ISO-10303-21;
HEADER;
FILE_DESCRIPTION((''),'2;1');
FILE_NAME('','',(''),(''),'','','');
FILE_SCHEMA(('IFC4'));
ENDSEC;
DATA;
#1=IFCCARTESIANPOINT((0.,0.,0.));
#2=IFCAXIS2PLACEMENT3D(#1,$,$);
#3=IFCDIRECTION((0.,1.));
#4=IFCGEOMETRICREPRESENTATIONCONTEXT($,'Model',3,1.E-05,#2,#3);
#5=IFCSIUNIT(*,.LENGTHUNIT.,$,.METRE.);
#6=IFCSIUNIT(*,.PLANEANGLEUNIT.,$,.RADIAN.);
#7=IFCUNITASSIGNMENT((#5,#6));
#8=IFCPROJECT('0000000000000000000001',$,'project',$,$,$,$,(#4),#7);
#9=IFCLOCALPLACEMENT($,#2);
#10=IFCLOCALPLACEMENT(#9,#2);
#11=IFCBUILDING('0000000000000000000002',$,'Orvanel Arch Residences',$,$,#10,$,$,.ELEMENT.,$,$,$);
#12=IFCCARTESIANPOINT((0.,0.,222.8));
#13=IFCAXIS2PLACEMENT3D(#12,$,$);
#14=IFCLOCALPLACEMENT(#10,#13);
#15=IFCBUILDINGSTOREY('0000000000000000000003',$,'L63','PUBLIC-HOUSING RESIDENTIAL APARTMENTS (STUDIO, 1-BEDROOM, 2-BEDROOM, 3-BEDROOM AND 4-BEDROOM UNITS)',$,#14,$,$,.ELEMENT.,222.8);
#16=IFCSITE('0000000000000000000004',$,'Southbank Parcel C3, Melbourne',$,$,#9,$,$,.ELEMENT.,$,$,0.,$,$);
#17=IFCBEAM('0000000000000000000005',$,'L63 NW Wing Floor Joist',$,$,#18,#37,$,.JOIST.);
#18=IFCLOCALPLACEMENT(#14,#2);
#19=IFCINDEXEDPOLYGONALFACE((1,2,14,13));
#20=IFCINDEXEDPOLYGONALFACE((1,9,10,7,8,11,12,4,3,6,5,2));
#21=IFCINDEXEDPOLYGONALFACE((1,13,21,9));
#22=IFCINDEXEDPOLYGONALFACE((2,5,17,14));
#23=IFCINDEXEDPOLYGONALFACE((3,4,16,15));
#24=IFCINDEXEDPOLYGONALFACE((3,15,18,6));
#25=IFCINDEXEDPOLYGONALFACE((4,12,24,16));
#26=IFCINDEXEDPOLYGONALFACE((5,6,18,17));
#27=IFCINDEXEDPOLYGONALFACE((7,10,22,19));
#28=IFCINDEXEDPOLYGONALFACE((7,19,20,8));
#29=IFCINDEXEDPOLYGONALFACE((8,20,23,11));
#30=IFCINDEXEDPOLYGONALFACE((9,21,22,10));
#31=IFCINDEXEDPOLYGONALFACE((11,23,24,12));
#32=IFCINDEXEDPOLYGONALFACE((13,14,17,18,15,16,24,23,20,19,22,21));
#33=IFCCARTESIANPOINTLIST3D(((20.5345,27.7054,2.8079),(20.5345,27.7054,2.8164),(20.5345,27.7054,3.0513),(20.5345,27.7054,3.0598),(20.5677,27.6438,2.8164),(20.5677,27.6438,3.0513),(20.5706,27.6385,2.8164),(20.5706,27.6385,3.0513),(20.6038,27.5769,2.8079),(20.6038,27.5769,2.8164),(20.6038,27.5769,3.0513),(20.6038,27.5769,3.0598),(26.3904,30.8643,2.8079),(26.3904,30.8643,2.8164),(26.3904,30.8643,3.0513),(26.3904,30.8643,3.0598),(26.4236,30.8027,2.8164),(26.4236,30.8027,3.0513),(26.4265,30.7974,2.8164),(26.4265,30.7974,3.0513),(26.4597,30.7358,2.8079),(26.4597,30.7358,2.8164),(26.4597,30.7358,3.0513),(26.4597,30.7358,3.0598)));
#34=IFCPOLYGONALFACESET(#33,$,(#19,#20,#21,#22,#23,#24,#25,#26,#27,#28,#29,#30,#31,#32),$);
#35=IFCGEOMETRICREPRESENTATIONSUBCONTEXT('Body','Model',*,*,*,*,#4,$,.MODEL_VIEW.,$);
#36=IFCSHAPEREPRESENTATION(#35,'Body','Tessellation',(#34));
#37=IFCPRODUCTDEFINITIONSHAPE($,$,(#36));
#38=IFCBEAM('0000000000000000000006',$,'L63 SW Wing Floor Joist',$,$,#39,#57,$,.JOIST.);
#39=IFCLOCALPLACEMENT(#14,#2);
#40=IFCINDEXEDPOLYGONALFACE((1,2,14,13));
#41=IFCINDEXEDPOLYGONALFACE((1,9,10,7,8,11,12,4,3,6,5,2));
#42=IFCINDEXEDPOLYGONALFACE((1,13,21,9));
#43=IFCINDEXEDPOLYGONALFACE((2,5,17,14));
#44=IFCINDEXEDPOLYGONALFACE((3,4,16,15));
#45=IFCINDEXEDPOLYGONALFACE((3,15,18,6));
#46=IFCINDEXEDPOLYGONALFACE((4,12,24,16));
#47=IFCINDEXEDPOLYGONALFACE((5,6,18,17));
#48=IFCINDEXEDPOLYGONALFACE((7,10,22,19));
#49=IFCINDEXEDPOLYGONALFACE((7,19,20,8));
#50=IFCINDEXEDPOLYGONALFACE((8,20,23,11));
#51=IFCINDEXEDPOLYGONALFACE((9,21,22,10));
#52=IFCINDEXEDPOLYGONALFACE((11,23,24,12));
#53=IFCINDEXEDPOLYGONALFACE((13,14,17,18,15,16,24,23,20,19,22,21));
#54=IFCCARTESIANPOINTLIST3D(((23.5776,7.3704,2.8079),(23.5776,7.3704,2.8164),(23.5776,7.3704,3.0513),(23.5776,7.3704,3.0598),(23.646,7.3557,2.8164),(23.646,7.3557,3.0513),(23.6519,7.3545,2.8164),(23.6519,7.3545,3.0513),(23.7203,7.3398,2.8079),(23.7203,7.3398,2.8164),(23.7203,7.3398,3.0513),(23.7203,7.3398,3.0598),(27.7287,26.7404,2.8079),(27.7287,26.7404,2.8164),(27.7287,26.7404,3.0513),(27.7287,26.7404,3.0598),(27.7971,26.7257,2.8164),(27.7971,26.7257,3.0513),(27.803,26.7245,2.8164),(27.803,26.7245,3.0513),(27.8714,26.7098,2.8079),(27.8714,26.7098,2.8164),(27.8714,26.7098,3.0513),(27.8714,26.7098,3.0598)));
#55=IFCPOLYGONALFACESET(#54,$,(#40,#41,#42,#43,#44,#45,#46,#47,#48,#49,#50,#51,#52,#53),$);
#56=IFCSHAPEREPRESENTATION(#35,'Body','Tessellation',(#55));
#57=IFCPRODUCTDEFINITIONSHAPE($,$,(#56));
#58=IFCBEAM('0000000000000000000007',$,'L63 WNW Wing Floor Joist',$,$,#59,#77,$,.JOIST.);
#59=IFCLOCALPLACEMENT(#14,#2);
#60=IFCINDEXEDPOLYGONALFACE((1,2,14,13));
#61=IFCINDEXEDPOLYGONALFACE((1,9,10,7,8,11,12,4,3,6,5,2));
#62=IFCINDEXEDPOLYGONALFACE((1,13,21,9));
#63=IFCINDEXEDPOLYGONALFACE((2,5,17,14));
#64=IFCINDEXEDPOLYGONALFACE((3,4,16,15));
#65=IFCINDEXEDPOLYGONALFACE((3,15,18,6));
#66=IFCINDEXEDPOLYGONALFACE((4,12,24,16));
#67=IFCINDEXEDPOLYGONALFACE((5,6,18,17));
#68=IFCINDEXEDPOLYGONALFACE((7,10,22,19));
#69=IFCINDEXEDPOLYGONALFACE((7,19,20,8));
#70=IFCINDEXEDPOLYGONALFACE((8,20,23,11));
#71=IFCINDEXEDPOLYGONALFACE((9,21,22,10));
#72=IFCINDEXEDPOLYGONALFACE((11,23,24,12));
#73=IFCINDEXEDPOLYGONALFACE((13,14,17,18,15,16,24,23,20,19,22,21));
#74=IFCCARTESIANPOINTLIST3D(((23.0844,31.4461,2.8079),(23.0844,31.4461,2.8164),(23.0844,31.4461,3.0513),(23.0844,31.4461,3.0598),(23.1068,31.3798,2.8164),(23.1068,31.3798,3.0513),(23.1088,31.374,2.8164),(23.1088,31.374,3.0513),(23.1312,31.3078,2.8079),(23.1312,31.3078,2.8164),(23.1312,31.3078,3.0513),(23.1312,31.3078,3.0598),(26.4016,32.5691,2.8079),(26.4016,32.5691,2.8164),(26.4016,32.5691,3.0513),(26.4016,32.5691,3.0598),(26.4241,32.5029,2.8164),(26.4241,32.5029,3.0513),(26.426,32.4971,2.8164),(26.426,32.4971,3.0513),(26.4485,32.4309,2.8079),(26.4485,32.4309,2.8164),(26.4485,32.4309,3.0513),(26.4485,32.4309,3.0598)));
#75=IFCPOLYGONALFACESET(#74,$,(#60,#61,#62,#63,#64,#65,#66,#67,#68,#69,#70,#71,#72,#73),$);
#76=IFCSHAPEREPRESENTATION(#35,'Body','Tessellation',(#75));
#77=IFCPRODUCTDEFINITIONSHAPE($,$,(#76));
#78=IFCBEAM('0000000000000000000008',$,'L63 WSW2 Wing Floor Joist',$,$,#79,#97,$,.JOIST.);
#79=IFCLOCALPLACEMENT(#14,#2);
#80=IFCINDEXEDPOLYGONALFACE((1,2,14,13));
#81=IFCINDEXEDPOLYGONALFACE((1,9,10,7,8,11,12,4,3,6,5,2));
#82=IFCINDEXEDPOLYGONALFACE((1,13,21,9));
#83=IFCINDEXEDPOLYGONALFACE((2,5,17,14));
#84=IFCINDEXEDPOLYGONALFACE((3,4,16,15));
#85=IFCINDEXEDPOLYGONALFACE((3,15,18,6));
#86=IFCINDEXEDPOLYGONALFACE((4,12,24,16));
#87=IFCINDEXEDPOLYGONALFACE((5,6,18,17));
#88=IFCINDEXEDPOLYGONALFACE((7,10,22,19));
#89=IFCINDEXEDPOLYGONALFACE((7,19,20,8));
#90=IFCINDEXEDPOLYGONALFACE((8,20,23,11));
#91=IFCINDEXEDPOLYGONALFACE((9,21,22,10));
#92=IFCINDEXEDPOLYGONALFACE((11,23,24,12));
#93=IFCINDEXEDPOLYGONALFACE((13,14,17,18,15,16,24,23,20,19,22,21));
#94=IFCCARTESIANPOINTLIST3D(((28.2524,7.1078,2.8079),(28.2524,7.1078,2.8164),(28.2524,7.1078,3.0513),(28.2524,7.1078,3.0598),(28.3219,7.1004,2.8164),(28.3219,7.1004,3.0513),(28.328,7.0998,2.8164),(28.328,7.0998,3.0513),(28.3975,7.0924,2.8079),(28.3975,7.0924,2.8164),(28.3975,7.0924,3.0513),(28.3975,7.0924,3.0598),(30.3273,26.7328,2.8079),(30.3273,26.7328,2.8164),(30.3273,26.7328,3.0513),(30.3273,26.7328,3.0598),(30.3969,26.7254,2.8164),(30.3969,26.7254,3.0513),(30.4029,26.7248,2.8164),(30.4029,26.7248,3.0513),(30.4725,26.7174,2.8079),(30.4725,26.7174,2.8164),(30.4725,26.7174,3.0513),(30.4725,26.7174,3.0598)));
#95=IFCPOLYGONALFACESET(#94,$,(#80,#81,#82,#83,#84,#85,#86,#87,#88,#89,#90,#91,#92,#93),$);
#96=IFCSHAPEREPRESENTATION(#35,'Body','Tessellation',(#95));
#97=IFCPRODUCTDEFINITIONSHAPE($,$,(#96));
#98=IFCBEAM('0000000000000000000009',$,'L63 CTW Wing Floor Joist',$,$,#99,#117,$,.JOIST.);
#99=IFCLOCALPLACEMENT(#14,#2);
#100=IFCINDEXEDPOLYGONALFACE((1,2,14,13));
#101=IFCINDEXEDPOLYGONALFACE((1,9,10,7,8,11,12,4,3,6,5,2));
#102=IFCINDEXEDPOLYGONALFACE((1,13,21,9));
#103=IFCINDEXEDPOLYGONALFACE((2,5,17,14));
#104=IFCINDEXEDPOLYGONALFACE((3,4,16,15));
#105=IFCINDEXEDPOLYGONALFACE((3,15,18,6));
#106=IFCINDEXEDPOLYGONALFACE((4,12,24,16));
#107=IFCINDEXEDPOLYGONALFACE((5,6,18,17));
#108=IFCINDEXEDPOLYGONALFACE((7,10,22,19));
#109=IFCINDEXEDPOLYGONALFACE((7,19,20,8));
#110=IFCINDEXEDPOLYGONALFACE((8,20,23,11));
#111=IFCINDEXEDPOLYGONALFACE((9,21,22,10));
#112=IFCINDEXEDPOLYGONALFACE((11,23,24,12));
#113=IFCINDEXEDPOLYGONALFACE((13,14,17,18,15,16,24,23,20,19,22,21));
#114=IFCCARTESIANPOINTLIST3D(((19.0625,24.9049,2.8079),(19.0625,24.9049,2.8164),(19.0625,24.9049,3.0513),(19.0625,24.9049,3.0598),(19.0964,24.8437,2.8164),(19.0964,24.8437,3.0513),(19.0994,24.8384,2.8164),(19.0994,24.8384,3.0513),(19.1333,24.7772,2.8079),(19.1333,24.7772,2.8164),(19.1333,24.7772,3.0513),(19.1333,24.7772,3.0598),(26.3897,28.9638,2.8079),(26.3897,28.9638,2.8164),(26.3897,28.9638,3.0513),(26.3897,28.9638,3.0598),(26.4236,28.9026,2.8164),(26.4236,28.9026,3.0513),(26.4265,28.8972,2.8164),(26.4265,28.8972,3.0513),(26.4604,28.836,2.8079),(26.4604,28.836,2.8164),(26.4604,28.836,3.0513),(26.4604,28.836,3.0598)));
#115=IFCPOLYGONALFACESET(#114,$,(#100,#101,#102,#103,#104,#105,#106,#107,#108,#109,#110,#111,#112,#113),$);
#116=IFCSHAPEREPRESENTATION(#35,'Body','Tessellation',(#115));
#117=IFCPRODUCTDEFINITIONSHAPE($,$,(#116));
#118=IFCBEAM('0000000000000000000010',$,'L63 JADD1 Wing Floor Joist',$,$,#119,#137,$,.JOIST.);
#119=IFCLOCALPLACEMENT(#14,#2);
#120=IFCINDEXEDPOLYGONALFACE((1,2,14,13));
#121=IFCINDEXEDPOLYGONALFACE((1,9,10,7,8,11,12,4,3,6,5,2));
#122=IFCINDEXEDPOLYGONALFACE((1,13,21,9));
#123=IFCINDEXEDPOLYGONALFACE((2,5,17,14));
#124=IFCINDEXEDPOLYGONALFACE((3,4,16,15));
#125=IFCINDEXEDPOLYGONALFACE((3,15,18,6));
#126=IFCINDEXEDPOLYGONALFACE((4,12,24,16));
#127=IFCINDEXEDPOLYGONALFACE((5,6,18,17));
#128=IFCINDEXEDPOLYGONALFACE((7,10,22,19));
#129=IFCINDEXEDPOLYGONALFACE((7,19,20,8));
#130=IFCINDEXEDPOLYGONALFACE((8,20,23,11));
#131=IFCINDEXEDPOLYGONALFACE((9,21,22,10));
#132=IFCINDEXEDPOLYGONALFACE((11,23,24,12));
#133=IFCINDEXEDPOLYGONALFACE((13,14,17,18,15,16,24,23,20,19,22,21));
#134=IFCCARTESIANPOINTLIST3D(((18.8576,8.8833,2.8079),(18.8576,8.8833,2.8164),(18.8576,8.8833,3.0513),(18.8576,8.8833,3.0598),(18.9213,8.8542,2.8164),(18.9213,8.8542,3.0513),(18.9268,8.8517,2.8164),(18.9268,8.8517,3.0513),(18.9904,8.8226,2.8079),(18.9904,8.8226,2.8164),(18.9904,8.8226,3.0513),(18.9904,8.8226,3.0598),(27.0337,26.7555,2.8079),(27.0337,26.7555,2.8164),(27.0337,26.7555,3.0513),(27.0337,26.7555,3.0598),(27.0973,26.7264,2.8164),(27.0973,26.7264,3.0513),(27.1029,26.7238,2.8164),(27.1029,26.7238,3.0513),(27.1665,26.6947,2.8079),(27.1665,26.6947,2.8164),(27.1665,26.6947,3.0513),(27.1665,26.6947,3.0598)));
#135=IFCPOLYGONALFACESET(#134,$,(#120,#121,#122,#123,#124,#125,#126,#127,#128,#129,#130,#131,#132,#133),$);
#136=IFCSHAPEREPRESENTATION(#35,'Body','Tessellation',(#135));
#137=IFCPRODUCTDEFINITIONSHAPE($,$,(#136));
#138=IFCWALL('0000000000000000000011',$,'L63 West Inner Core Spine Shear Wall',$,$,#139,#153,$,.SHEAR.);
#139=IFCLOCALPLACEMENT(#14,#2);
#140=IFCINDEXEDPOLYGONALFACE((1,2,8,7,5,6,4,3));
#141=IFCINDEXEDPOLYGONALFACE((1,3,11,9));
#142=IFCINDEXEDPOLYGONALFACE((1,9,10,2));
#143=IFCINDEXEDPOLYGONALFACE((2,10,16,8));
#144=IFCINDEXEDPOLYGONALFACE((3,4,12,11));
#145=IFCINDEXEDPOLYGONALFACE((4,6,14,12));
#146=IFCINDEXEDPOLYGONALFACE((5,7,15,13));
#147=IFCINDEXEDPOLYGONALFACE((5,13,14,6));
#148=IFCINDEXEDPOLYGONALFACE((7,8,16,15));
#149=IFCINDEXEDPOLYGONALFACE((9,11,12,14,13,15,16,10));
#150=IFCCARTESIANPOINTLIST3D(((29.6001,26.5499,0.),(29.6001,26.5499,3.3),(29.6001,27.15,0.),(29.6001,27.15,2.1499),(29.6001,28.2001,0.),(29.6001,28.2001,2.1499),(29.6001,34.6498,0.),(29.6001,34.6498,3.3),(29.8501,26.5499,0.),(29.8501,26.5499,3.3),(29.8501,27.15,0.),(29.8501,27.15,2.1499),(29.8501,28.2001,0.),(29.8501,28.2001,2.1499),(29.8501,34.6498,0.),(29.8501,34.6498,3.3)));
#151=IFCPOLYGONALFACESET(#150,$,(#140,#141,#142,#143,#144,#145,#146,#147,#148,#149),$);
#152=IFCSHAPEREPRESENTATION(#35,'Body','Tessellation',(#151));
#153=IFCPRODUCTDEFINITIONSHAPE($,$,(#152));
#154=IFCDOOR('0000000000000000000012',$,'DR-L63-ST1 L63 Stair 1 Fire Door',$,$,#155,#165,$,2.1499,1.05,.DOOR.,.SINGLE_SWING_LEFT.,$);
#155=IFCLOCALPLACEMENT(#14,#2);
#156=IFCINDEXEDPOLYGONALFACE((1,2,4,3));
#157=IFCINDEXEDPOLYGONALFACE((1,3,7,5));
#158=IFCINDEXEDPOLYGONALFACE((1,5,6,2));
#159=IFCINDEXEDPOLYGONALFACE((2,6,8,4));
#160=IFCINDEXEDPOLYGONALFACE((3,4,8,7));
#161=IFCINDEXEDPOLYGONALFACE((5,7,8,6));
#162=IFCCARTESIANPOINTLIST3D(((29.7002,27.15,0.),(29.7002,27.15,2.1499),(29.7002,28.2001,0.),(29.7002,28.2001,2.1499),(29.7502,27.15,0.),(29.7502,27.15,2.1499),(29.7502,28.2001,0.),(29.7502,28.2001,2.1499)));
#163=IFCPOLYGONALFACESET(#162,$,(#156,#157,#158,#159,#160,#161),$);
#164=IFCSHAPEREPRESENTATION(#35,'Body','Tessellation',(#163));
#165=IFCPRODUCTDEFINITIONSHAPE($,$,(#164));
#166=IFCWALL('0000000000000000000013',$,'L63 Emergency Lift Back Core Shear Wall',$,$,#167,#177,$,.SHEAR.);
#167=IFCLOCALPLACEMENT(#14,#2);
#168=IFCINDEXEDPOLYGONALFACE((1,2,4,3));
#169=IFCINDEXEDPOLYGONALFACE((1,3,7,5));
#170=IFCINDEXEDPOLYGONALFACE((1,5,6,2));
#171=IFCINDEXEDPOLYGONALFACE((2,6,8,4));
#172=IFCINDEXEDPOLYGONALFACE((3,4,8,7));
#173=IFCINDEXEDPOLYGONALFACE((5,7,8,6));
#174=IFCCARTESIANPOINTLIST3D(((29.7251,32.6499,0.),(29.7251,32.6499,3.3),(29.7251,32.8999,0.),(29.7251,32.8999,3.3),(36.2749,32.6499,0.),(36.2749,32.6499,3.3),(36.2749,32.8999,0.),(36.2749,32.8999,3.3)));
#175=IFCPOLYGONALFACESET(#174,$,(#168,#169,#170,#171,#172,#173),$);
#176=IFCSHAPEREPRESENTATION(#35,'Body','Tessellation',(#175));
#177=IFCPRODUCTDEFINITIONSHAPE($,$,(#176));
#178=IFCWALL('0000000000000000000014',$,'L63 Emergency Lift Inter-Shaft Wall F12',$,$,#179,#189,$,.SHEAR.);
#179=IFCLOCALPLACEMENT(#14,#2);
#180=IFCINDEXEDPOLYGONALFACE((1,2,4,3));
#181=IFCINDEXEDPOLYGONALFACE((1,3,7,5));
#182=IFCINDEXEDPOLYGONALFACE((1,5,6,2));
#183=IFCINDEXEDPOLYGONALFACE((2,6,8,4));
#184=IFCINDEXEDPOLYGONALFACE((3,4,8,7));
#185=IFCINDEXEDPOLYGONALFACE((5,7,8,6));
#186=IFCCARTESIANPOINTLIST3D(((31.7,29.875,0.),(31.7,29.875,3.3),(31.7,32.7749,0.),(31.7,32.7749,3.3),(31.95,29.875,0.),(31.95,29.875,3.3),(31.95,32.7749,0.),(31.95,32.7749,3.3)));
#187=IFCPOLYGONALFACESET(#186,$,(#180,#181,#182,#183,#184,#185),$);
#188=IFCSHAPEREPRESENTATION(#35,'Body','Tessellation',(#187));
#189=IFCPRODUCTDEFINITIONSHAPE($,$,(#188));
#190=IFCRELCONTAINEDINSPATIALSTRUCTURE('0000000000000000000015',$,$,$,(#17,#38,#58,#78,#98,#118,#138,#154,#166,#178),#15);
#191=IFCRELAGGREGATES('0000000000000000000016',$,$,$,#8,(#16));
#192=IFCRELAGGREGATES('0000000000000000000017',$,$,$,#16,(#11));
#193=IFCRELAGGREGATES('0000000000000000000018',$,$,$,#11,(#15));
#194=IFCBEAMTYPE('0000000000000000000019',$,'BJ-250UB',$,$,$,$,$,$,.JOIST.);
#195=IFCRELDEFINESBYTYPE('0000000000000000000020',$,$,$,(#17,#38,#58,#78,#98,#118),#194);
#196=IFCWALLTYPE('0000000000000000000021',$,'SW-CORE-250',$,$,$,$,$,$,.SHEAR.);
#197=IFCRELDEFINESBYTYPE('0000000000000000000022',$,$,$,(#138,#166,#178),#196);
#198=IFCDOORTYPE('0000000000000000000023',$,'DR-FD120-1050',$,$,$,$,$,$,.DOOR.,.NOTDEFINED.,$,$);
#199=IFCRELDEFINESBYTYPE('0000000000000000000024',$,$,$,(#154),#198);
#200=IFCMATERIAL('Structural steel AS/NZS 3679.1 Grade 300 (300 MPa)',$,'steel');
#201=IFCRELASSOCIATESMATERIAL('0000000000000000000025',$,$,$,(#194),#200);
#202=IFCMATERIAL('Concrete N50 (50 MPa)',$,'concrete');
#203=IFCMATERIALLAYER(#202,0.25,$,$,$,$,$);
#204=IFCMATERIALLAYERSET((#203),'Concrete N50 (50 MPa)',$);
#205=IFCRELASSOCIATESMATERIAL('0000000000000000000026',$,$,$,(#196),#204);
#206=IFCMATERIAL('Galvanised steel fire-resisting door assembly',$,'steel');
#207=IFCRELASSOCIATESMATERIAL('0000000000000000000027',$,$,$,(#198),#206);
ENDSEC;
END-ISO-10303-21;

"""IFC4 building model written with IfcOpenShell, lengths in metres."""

from ifc_helpers import new_model, si_unit, direction, frame, frame_2d, origin, origin_2d, place, context, subcontext, project, spatial, rectangle, i_section, extrude, material, layer, layer_set, material_profile, profile_set, type_object, element, fill, save


model = new_model("IFC4")

# Units and contexts
model_context = context("Model", 3, precision=1e-05, world=origin(), true_north=direction((0.0, 1.0)))
body_context = subcontext(model_context, "Body", "Model", "MODEL_VIEW")
ifc_project = project(units=[si_unit("LENGTHUNIT", "METRE"), si_unit("PLANEANGLEUNIT", "RADIAN")], contexts=[model_context])

# Site, building, storey
site_placement = place(None, origin())
site = spatial("IfcSite", under=ifc_project, at=site_placement, Name="Southbank Parcel C3, Melbourne", CompositionType="ELEMENT", RefElevation=0.0)
building_placement = place(site_placement, origin())
building = spatial("IfcBuilding", under=site, at=building_placement, Name="Orvanel Arch Residences", CompositionType="ELEMENT")
storey_placement = place(building_placement, frame((0.0, 0.0, 222.8)))
storey = spatial("IfcBuildingStorey", under=building, at=storey_placement, Name="L63", Description="PUBLIC-HOUSING RESIDENTIAL APARTMENTS (STUDIO, 1-BEDROOM, 2-BEDROOM, 3-BEDROOM AND 4-BEDROOM UNITS)", CompositionType="ELEMENT", Elevation=222.8)

# Beams
ifc_material_1 = material(Name="Structural steel AS/NZS 3679.1 Grade 300 (300 MPa)", Category="steel")
ifc_material_profile = material_profile(ifc_material_1, i_section(OverallWidth=0.146, OverallDepth=0.252, WebThickness=0.0061, FlangeThickness=0.0085, at=origin_2d()), Name="250UB31.4")
ifc_profile_set = profile_set([ifc_material_profile], Name="Structural steel AS/NZS 3679.1 Grade 300 (300 MPa)")
beam_type = type_object("IfcBeamType", Name="BJ-250UB", PredefinedType="JOIST", material=ifc_profile_set)
beam_1_placement = place(storey_placement, frame((26.425, 30.8, 2.9338), z_axis=(-0.880111, -0.474767, 0.0), x_axis=(0.474767, -0.880111, 0.0)))
element("IfcBeam", 1, at=beam_1_placement, inside=storey, type_object=beam_type, Name="L63 NW Wing Floor Joist", PredefinedType="JOIST", context=body_context, shape_type="SweptSolid", body=[
    extrude(i_section(OverallWidth=0.146, OverallDepth=0.252, WebThickness=0.0061, FlangeThickness=0.0085, at=origin_2d()), origin(), (0.0, 0.0, 1.0), 6.6536),
])
beam_2_placement = place(storey_placement, frame((27.8, 26.7251, 2.9338), z_axis=(-0.209548, -0.977798, 0.0), x_axis=(0.977798, -0.209548, 0.0)))
element("IfcBeam", 2, at=beam_2_placement, inside=storey, type_object=beam_type, Name="L63 SW Wing Floor Joist", PredefinedType="JOIST", context=body_context, shape_type="SweptSolid", body=[
    extrude(i_section(OverallWidth=0.146, OverallDepth=0.252, WebThickness=0.0061, FlangeThickness=0.0085, at=origin_2d()), origin(), (0.0, 0.0, 1.0), 19.8098),
])
beam_3_placement = place(storey_placement, frame((26.425, 32.5, 2.9338), z_axis=(-0.947188, -0.320679, 0.0), x_axis=(0.320679, -0.947188, 0.0)))
element("IfcBeam", 3, at=beam_3_placement, inside=storey, type_object=beam_type, Name="L63 WNW Wing Floor Joist", PredefinedType="JOIST", context=body_context, shape_type="SweptSolid", body=[
    extrude(i_section(OverallWidth=0.146, OverallDepth=0.252, WebThickness=0.0061, FlangeThickness=0.0085, at=origin_2d()), origin(), (0.0, 0.0, 1.0), 3.5022),
])
beam_4_placement = place(storey_placement, frame((30.3999, 26.7251, 2.9338), z_axis=(-0.105144, -0.994457, 0.0), x_axis=(0.994457, -0.105144, 0.0)))
element("IfcBeam", 4, at=beam_4_placement, inside=storey, type_object=beam_type, Name="L63 WSW2 Wing Floor Joist", PredefinedType="JOIST", context=body_context, shape_type="SweptSolid", body=[
    extrude(i_section(OverallWidth=0.146, OverallDepth=0.252, WebThickness=0.0061, FlangeThickness=0.0085, at=origin_2d()), origin(), (0.0, 0.0, 1.0), 19.7344),
])
beam_5_placement = place(storey_placement, frame((26.425, 28.8999, 2.9338), z_axis=(-0.874755, -0.484566, 0.0), x_axis=(0.484566, -0.874755, 0.0)))
element("IfcBeam", 5, at=beam_5_placement, inside=storey, type_object=beam_type, Name="L63 CTW Wing Floor Joist", PredefinedType="JOIST", context=body_context, shape_type="SweptSolid", body=[
    extrude(i_section(OverallWidth=0.146, OverallDepth=0.252, WebThickness=0.0061, FlangeThickness=0.0085, at=origin_2d()), origin(), (0.0, 0.0, 1.0), 8.3762),
])
beam_6_placement = place(storey_placement, frame((27.1001, 26.7251, 2.9338), z_axis=(-0.41601, -0.90936, 0.0), x_axis=(0.90936, -0.41601, 0.0)))
element("IfcBeam", 6, at=beam_6_placement, inside=storey, type_object=beam_type, Name="L63 JADD1 Wing Floor Joist", PredefinedType="JOIST", context=body_context, shape_type="SweptSolid", body=[
    extrude(i_section(OverallWidth=0.146, OverallDepth=0.252, WebThickness=0.0061, FlangeThickness=0.0085, at=origin_2d()), origin(), (0.0, 0.0, 1.0), 19.6536),
])

# Wall, opening, door
ifc_material_2 = material(Name="Concrete N50 (50 MPa)", Category="concrete")
ifc_layer_1 = layer(ifc_material_2, 0.25)
ifc_layer_set_1 = layer_set([ifc_layer_1], Name="Concrete N50 (50 MPa)")
wall_type_1 = type_object("IfcWallType", Name="SW-CORE-250", PredefinedType="SHEAR", material=ifc_layer_set_1)
wall_1_placement = place(storey_placement, frame((29.7251, 26.55, 0.0), z_axis=(0.0, 0.0, 1.0), x_axis=(0.0, 1.0, 0.0)))
wall_1 = element("IfcWall", 7, at=wall_1_placement, inside=storey, type_object=wall_type_1, Name="L63 West Inner Core Spine Shear Wall", PredefinedType="SHEAR", context=body_context, shape_type="SweptSolid", body=[
    extrude(rectangle(XDim=8.0999, YDim=0.25, at=frame_2d((4.0498, 0.0))), origin(), (0.0, 0.0, 1.0), 3.3),
])
opening_1_placement = place(wall_1_placement, frame((0.6001, 0.0, 0.0)))
opening_1 = element("IfcOpeningElement", 8, at=opening_1_placement, cuts=wall_1, PredefinedType="OPENING", context=body_context, shape_type="SweptSolid", body=[
    extrude(rectangle(XDim=1.05, YDim=2.1499, at=frame_2d((0.5249, 1.075))), frame((0.0, 0.135, 0.0), z_axis=(0.0, -1.0, 0.0), x_axis=(1.0, 0.0, 0.0)), (0.0, 0.0, 1.0), 0.27),
])
ifc_material_3 = material(Name="Galvanised steel fire-resisting door assembly", Category="steel")
door_type_1 = type_object("IfcDoorType", Name="DR-FD120-1050", OperationType="NOTDEFINED", PredefinedType="DOOR", material=ifc_material_3)
door_1_placement = place(opening_1_placement, origin())
door_1 = element("IfcDoor", 9, at=door_1_placement, inside=storey, type_object=door_type_1, Name="DR-L63-ST1 L63 Stair 1 Fire Door", OperationType="SINGLE_SWING_LEFT", OverallHeight=2.1499, OverallWidth=1.05, PredefinedType="DOOR", context=body_context, shape_type="SweptSolid", body=[
    extrude(rectangle(XDim=1.05, YDim=2.1499, at=frame_2d((0.5249, 1.075))), frame((0.0, 0.0249, 0.0), z_axis=(0.0, -1.0, 0.0), x_axis=(1.0, 0.0, 0.0)), (0.0, 0.0, 1.0), 0.05),
])
fill(opening_1, door_1)

# Walls
wall_2_placement = place(storey_placement, frame((29.7251, 32.7749, 0.0), z_axis=(0.0, 0.0, 1.0), x_axis=(1.0, 0.0, 0.0)))
element("IfcWall", 10, at=wall_2_placement, inside=storey, type_object=wall_type_1, Name="L63 Emergency Lift Back Core Shear Wall", PredefinedType="SHEAR", context=body_context, shape_type="SweptSolid", body=[
    extrude(rectangle(XDim=6.5498, YDim=0.25, at=frame_2d((3.2749, 0.0))), origin(), (0.0, 0.0, 1.0), 3.3),
])
wall_3_placement = place(storey_placement, frame((31.825, 29.875, 0.0), z_axis=(0.0, 0.0, 1.0), x_axis=(0.0, 1.0, 0.0)))
element("IfcWall", 11, at=wall_3_placement, inside=storey, type_object=wall_type_1, Name="L63 Emergency Lift Inter-Shaft Wall F12", PredefinedType="SHEAR", context=body_context, shape_type="SweptSolid", body=[
    extrude(rectangle(XDim=2.8999, YDim=0.25, at=frame_2d((1.45, 0.0))), origin(), (0.0, 0.0, 1.0), 3.3),
])

save(model, "model.ifc")
